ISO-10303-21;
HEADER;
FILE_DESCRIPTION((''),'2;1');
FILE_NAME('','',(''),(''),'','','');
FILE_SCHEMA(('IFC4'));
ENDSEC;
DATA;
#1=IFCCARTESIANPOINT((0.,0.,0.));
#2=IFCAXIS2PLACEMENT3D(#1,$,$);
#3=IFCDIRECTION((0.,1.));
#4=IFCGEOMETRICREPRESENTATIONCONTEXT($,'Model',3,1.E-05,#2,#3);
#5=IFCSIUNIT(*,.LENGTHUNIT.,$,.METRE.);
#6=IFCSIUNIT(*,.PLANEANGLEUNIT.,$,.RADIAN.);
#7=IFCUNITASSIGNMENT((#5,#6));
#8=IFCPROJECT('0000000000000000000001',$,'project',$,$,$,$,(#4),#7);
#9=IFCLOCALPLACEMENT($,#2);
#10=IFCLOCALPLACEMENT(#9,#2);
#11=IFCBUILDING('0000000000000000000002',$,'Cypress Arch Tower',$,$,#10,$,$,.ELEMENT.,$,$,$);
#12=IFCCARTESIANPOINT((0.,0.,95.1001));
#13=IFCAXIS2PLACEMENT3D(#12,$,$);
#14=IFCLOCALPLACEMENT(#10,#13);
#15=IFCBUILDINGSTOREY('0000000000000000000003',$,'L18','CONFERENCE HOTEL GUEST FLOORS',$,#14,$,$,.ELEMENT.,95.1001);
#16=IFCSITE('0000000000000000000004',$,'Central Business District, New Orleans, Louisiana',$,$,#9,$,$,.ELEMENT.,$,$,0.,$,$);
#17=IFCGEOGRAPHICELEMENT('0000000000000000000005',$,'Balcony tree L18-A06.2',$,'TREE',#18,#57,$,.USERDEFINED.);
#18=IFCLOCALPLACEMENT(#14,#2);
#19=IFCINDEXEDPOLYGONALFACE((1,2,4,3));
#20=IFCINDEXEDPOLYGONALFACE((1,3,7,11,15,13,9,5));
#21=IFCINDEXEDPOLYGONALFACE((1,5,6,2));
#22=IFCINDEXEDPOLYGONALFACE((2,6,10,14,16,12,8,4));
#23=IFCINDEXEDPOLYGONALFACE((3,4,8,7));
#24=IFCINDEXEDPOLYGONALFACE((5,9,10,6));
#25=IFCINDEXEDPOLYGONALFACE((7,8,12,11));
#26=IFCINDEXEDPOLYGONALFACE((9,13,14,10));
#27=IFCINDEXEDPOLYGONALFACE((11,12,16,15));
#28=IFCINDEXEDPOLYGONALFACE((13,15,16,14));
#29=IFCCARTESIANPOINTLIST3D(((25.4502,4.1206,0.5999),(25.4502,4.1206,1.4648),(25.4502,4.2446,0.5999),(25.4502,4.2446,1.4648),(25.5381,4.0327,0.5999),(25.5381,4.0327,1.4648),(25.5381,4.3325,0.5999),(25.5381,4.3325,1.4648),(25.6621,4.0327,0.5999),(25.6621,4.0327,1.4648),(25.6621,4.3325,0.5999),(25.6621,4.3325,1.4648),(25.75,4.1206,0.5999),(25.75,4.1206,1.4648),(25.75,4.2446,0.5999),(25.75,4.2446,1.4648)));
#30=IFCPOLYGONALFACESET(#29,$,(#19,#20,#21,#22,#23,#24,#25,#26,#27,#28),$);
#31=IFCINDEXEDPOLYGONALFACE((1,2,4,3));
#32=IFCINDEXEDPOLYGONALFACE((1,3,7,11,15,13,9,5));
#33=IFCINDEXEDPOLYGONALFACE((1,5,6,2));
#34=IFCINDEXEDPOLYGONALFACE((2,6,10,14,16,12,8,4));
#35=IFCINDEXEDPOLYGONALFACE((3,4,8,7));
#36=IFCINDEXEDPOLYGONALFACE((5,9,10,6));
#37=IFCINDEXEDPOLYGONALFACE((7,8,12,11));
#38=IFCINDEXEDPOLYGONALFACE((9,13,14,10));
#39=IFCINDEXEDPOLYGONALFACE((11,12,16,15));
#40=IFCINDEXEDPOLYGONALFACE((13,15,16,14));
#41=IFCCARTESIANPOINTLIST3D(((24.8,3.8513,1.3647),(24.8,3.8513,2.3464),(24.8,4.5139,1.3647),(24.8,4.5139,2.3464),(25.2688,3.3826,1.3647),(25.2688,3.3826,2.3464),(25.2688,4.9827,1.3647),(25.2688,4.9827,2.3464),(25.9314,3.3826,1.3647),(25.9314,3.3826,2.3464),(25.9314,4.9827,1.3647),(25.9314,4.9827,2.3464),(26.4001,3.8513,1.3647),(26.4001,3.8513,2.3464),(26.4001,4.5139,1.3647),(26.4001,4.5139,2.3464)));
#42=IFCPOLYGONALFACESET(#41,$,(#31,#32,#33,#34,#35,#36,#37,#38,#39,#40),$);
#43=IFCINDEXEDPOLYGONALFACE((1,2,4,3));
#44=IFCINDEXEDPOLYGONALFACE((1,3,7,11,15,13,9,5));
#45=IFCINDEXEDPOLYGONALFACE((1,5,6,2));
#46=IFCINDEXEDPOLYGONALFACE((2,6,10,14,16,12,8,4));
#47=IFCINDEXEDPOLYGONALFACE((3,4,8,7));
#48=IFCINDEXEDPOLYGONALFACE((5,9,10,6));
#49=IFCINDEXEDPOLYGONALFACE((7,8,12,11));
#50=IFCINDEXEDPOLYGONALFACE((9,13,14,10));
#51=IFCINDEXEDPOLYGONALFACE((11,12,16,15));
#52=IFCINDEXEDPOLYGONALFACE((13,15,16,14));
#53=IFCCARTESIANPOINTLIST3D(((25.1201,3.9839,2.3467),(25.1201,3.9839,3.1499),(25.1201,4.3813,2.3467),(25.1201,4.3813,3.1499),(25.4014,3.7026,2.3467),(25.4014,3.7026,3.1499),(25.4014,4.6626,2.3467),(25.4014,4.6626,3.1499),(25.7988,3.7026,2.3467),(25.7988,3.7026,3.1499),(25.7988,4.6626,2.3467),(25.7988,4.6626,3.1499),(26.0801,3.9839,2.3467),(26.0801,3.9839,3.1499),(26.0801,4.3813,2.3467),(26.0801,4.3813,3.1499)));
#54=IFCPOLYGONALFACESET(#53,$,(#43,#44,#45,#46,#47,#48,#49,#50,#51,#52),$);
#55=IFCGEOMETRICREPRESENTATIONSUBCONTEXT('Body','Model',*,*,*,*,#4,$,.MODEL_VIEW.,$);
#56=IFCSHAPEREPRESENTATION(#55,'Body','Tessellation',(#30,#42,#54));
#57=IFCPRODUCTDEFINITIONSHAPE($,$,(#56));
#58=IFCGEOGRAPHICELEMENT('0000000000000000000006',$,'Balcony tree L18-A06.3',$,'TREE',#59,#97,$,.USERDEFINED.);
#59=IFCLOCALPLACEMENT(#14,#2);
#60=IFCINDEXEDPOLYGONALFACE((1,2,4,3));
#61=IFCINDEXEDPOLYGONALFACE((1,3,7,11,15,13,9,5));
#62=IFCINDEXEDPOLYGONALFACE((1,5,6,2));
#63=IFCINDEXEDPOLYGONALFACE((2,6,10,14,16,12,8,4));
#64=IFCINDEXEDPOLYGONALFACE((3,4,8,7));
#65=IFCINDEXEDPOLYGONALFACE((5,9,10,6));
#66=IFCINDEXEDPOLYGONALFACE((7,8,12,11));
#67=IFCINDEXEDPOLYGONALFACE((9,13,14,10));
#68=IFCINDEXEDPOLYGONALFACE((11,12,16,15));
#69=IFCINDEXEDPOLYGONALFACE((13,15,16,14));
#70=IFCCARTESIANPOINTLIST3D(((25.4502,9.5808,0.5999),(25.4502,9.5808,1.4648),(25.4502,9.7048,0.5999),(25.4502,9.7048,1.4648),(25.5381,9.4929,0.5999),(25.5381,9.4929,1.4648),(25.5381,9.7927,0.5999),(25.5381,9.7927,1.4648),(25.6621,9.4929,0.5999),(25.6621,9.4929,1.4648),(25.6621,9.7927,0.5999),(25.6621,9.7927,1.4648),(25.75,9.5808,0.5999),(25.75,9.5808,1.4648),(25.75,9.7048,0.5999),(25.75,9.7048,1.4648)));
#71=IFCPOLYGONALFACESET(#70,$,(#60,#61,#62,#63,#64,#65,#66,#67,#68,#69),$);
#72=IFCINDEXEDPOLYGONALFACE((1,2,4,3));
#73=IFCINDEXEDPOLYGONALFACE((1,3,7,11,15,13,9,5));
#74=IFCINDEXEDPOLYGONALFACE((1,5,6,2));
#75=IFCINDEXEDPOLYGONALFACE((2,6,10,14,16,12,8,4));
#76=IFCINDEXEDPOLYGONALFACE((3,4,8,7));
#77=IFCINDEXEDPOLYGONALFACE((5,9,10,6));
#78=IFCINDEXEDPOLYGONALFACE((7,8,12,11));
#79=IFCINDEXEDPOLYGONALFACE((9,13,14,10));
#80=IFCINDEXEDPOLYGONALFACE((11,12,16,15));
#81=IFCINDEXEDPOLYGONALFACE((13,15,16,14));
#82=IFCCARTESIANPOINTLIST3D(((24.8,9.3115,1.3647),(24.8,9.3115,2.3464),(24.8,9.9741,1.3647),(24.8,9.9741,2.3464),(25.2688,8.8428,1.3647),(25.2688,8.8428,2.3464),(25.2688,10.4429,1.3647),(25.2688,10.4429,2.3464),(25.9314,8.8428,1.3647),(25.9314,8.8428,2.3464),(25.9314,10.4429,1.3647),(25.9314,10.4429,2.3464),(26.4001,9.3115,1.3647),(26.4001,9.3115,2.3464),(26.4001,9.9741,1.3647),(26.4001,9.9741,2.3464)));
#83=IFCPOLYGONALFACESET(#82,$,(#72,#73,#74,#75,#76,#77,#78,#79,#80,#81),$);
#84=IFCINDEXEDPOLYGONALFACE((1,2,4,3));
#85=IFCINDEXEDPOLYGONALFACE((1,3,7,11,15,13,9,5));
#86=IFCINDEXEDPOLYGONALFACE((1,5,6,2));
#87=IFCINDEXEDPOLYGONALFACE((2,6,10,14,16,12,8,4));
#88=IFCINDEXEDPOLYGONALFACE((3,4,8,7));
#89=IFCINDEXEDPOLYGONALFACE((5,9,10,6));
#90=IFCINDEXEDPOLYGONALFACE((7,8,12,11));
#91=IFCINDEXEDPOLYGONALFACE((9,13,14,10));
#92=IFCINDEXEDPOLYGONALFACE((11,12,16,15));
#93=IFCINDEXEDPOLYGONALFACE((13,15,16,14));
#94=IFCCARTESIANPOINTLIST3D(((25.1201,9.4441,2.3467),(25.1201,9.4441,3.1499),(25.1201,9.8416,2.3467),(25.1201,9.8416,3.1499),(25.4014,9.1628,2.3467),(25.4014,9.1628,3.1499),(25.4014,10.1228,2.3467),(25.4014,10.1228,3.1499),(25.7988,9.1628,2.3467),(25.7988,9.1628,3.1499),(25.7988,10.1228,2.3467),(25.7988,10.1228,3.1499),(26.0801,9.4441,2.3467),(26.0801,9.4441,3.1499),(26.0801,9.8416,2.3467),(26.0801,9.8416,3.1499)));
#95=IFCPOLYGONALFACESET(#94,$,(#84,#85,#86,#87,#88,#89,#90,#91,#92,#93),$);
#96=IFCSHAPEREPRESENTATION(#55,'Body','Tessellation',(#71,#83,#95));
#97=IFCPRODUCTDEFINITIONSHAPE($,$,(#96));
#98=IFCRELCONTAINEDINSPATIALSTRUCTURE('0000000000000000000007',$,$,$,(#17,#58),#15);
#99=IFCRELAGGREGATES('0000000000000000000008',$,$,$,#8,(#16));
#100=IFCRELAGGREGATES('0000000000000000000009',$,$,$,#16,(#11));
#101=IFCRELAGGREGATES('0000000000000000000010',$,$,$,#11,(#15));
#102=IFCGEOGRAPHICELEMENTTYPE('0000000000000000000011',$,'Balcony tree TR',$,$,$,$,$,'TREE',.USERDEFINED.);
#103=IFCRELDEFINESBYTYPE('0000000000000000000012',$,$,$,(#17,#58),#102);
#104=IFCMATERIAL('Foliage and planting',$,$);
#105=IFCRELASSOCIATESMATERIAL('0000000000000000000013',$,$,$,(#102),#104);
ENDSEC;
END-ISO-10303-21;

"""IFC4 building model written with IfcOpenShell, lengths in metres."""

from ifc_helpers import new_model, si_unit, direction, frame, origin, place, context, subcontext, project, spatial, polyline, outline, extrude, material, type_object, element, save


model = new_model("IFC4")

# Units and contexts
model_context = context("Model", 3, precision=1e-05, world=origin(), true_north=direction((0.0, 1.0)))
body_context = subcontext(model_context, "Body", "Model", "MODEL_VIEW")
ifc_project = project(units=[si_unit("LENGTHUNIT", "METRE"), si_unit("PLANEANGLEUNIT", "RADIAN")], contexts=[model_context])

# Site, building, storey
site_placement = place(None, origin())
site = spatial("IfcSite", under=ifc_project, at=site_placement, Name="Central Business District, New Orleans, Louisiana", CompositionType="ELEMENT", RefElevation=0.0)
building_placement = place(site_placement, origin())
building = spatial("IfcBuilding", under=site, at=building_placement, Name="Cypress Arch Tower", CompositionType="ELEMENT")
storey_placement = place(building_placement, frame((0.0, 0.0, 95.1001)))
storey = spatial("IfcBuildingStorey", under=building, at=storey_placement, Name="L18", Description="CONFERENCE HOTEL GUEST FLOORS", CompositionType="ELEMENT", Elevation=95.1001)

# Geographic elements
ifc_material_1 = material(Name="Foliage and planting")
geographic_element_type = type_object("IfcGeographicElementType", Name="Balcony tree TR", ElementType="TREE", PredefinedType="USERDEFINED", material=ifc_material_1)
for number, where, z_axis, x_axis, name in (
    (1, (25.6001, 4.1826, 0.5999), (0.0, 0.0, 1.0), (1.0, 0.0, 0.0), "Balcony tree L18-A06.2"),
    (2, (25.6001, 9.6428, 0.5999), (0.0, 0.0, 1.0), (1.0, 0.0, 0.0), "Balcony tree L18-A06.3"),
):
    element("IfcGeographicElement", number, at=place(storey_placement, frame(where, z_axis=z_axis, x_axis=x_axis)), inside=storey, type_object=geographic_element_type, Name=name, ObjectType="TREE", PredefinedType="USERDEFINED", context=body_context, shape_type="SweptSolid", body=[
        extrude(outline(polyline([(0.1499, 0.062), (0.062, 0.1499), (-0.062, 0.1499), (-0.1499, 0.062), (-0.1499, -0.062), (-0.062, -0.1499), (0.062, -0.1499), (0.1499, -0.062), (0.1499, 0.062)])), origin(), (0.0, 0.0, 1.0), 0.865),
        extrude(outline(polyline([(0.8, 0.3313), (0.3313, 0.8), (-0.3313, 0.8), (-0.8, 0.3313), (-0.8, -0.3313), (-0.3313, -0.8), (0.3313, -0.8), (0.8, -0.3313), (0.8, 0.3313)])), frame((0.0, 0.0, 0.7649)), (0.0, 0.0, 1.0), 0.9817),
        extrude(outline(polyline([(0.48, 0.1987), (0.1987, 0.48), (-0.1987, 0.48), (-0.48, 0.1987), (-0.48, -0.1987), (-0.1987, -0.48), (0.1987, -0.48), (0.48, -0.1987), (0.48, 0.1987)])), frame((0.0, 0.0, 1.7468)), (0.0, 0.0, 1.0), 0.8032),
    ])

save(model, "model.ifc")
